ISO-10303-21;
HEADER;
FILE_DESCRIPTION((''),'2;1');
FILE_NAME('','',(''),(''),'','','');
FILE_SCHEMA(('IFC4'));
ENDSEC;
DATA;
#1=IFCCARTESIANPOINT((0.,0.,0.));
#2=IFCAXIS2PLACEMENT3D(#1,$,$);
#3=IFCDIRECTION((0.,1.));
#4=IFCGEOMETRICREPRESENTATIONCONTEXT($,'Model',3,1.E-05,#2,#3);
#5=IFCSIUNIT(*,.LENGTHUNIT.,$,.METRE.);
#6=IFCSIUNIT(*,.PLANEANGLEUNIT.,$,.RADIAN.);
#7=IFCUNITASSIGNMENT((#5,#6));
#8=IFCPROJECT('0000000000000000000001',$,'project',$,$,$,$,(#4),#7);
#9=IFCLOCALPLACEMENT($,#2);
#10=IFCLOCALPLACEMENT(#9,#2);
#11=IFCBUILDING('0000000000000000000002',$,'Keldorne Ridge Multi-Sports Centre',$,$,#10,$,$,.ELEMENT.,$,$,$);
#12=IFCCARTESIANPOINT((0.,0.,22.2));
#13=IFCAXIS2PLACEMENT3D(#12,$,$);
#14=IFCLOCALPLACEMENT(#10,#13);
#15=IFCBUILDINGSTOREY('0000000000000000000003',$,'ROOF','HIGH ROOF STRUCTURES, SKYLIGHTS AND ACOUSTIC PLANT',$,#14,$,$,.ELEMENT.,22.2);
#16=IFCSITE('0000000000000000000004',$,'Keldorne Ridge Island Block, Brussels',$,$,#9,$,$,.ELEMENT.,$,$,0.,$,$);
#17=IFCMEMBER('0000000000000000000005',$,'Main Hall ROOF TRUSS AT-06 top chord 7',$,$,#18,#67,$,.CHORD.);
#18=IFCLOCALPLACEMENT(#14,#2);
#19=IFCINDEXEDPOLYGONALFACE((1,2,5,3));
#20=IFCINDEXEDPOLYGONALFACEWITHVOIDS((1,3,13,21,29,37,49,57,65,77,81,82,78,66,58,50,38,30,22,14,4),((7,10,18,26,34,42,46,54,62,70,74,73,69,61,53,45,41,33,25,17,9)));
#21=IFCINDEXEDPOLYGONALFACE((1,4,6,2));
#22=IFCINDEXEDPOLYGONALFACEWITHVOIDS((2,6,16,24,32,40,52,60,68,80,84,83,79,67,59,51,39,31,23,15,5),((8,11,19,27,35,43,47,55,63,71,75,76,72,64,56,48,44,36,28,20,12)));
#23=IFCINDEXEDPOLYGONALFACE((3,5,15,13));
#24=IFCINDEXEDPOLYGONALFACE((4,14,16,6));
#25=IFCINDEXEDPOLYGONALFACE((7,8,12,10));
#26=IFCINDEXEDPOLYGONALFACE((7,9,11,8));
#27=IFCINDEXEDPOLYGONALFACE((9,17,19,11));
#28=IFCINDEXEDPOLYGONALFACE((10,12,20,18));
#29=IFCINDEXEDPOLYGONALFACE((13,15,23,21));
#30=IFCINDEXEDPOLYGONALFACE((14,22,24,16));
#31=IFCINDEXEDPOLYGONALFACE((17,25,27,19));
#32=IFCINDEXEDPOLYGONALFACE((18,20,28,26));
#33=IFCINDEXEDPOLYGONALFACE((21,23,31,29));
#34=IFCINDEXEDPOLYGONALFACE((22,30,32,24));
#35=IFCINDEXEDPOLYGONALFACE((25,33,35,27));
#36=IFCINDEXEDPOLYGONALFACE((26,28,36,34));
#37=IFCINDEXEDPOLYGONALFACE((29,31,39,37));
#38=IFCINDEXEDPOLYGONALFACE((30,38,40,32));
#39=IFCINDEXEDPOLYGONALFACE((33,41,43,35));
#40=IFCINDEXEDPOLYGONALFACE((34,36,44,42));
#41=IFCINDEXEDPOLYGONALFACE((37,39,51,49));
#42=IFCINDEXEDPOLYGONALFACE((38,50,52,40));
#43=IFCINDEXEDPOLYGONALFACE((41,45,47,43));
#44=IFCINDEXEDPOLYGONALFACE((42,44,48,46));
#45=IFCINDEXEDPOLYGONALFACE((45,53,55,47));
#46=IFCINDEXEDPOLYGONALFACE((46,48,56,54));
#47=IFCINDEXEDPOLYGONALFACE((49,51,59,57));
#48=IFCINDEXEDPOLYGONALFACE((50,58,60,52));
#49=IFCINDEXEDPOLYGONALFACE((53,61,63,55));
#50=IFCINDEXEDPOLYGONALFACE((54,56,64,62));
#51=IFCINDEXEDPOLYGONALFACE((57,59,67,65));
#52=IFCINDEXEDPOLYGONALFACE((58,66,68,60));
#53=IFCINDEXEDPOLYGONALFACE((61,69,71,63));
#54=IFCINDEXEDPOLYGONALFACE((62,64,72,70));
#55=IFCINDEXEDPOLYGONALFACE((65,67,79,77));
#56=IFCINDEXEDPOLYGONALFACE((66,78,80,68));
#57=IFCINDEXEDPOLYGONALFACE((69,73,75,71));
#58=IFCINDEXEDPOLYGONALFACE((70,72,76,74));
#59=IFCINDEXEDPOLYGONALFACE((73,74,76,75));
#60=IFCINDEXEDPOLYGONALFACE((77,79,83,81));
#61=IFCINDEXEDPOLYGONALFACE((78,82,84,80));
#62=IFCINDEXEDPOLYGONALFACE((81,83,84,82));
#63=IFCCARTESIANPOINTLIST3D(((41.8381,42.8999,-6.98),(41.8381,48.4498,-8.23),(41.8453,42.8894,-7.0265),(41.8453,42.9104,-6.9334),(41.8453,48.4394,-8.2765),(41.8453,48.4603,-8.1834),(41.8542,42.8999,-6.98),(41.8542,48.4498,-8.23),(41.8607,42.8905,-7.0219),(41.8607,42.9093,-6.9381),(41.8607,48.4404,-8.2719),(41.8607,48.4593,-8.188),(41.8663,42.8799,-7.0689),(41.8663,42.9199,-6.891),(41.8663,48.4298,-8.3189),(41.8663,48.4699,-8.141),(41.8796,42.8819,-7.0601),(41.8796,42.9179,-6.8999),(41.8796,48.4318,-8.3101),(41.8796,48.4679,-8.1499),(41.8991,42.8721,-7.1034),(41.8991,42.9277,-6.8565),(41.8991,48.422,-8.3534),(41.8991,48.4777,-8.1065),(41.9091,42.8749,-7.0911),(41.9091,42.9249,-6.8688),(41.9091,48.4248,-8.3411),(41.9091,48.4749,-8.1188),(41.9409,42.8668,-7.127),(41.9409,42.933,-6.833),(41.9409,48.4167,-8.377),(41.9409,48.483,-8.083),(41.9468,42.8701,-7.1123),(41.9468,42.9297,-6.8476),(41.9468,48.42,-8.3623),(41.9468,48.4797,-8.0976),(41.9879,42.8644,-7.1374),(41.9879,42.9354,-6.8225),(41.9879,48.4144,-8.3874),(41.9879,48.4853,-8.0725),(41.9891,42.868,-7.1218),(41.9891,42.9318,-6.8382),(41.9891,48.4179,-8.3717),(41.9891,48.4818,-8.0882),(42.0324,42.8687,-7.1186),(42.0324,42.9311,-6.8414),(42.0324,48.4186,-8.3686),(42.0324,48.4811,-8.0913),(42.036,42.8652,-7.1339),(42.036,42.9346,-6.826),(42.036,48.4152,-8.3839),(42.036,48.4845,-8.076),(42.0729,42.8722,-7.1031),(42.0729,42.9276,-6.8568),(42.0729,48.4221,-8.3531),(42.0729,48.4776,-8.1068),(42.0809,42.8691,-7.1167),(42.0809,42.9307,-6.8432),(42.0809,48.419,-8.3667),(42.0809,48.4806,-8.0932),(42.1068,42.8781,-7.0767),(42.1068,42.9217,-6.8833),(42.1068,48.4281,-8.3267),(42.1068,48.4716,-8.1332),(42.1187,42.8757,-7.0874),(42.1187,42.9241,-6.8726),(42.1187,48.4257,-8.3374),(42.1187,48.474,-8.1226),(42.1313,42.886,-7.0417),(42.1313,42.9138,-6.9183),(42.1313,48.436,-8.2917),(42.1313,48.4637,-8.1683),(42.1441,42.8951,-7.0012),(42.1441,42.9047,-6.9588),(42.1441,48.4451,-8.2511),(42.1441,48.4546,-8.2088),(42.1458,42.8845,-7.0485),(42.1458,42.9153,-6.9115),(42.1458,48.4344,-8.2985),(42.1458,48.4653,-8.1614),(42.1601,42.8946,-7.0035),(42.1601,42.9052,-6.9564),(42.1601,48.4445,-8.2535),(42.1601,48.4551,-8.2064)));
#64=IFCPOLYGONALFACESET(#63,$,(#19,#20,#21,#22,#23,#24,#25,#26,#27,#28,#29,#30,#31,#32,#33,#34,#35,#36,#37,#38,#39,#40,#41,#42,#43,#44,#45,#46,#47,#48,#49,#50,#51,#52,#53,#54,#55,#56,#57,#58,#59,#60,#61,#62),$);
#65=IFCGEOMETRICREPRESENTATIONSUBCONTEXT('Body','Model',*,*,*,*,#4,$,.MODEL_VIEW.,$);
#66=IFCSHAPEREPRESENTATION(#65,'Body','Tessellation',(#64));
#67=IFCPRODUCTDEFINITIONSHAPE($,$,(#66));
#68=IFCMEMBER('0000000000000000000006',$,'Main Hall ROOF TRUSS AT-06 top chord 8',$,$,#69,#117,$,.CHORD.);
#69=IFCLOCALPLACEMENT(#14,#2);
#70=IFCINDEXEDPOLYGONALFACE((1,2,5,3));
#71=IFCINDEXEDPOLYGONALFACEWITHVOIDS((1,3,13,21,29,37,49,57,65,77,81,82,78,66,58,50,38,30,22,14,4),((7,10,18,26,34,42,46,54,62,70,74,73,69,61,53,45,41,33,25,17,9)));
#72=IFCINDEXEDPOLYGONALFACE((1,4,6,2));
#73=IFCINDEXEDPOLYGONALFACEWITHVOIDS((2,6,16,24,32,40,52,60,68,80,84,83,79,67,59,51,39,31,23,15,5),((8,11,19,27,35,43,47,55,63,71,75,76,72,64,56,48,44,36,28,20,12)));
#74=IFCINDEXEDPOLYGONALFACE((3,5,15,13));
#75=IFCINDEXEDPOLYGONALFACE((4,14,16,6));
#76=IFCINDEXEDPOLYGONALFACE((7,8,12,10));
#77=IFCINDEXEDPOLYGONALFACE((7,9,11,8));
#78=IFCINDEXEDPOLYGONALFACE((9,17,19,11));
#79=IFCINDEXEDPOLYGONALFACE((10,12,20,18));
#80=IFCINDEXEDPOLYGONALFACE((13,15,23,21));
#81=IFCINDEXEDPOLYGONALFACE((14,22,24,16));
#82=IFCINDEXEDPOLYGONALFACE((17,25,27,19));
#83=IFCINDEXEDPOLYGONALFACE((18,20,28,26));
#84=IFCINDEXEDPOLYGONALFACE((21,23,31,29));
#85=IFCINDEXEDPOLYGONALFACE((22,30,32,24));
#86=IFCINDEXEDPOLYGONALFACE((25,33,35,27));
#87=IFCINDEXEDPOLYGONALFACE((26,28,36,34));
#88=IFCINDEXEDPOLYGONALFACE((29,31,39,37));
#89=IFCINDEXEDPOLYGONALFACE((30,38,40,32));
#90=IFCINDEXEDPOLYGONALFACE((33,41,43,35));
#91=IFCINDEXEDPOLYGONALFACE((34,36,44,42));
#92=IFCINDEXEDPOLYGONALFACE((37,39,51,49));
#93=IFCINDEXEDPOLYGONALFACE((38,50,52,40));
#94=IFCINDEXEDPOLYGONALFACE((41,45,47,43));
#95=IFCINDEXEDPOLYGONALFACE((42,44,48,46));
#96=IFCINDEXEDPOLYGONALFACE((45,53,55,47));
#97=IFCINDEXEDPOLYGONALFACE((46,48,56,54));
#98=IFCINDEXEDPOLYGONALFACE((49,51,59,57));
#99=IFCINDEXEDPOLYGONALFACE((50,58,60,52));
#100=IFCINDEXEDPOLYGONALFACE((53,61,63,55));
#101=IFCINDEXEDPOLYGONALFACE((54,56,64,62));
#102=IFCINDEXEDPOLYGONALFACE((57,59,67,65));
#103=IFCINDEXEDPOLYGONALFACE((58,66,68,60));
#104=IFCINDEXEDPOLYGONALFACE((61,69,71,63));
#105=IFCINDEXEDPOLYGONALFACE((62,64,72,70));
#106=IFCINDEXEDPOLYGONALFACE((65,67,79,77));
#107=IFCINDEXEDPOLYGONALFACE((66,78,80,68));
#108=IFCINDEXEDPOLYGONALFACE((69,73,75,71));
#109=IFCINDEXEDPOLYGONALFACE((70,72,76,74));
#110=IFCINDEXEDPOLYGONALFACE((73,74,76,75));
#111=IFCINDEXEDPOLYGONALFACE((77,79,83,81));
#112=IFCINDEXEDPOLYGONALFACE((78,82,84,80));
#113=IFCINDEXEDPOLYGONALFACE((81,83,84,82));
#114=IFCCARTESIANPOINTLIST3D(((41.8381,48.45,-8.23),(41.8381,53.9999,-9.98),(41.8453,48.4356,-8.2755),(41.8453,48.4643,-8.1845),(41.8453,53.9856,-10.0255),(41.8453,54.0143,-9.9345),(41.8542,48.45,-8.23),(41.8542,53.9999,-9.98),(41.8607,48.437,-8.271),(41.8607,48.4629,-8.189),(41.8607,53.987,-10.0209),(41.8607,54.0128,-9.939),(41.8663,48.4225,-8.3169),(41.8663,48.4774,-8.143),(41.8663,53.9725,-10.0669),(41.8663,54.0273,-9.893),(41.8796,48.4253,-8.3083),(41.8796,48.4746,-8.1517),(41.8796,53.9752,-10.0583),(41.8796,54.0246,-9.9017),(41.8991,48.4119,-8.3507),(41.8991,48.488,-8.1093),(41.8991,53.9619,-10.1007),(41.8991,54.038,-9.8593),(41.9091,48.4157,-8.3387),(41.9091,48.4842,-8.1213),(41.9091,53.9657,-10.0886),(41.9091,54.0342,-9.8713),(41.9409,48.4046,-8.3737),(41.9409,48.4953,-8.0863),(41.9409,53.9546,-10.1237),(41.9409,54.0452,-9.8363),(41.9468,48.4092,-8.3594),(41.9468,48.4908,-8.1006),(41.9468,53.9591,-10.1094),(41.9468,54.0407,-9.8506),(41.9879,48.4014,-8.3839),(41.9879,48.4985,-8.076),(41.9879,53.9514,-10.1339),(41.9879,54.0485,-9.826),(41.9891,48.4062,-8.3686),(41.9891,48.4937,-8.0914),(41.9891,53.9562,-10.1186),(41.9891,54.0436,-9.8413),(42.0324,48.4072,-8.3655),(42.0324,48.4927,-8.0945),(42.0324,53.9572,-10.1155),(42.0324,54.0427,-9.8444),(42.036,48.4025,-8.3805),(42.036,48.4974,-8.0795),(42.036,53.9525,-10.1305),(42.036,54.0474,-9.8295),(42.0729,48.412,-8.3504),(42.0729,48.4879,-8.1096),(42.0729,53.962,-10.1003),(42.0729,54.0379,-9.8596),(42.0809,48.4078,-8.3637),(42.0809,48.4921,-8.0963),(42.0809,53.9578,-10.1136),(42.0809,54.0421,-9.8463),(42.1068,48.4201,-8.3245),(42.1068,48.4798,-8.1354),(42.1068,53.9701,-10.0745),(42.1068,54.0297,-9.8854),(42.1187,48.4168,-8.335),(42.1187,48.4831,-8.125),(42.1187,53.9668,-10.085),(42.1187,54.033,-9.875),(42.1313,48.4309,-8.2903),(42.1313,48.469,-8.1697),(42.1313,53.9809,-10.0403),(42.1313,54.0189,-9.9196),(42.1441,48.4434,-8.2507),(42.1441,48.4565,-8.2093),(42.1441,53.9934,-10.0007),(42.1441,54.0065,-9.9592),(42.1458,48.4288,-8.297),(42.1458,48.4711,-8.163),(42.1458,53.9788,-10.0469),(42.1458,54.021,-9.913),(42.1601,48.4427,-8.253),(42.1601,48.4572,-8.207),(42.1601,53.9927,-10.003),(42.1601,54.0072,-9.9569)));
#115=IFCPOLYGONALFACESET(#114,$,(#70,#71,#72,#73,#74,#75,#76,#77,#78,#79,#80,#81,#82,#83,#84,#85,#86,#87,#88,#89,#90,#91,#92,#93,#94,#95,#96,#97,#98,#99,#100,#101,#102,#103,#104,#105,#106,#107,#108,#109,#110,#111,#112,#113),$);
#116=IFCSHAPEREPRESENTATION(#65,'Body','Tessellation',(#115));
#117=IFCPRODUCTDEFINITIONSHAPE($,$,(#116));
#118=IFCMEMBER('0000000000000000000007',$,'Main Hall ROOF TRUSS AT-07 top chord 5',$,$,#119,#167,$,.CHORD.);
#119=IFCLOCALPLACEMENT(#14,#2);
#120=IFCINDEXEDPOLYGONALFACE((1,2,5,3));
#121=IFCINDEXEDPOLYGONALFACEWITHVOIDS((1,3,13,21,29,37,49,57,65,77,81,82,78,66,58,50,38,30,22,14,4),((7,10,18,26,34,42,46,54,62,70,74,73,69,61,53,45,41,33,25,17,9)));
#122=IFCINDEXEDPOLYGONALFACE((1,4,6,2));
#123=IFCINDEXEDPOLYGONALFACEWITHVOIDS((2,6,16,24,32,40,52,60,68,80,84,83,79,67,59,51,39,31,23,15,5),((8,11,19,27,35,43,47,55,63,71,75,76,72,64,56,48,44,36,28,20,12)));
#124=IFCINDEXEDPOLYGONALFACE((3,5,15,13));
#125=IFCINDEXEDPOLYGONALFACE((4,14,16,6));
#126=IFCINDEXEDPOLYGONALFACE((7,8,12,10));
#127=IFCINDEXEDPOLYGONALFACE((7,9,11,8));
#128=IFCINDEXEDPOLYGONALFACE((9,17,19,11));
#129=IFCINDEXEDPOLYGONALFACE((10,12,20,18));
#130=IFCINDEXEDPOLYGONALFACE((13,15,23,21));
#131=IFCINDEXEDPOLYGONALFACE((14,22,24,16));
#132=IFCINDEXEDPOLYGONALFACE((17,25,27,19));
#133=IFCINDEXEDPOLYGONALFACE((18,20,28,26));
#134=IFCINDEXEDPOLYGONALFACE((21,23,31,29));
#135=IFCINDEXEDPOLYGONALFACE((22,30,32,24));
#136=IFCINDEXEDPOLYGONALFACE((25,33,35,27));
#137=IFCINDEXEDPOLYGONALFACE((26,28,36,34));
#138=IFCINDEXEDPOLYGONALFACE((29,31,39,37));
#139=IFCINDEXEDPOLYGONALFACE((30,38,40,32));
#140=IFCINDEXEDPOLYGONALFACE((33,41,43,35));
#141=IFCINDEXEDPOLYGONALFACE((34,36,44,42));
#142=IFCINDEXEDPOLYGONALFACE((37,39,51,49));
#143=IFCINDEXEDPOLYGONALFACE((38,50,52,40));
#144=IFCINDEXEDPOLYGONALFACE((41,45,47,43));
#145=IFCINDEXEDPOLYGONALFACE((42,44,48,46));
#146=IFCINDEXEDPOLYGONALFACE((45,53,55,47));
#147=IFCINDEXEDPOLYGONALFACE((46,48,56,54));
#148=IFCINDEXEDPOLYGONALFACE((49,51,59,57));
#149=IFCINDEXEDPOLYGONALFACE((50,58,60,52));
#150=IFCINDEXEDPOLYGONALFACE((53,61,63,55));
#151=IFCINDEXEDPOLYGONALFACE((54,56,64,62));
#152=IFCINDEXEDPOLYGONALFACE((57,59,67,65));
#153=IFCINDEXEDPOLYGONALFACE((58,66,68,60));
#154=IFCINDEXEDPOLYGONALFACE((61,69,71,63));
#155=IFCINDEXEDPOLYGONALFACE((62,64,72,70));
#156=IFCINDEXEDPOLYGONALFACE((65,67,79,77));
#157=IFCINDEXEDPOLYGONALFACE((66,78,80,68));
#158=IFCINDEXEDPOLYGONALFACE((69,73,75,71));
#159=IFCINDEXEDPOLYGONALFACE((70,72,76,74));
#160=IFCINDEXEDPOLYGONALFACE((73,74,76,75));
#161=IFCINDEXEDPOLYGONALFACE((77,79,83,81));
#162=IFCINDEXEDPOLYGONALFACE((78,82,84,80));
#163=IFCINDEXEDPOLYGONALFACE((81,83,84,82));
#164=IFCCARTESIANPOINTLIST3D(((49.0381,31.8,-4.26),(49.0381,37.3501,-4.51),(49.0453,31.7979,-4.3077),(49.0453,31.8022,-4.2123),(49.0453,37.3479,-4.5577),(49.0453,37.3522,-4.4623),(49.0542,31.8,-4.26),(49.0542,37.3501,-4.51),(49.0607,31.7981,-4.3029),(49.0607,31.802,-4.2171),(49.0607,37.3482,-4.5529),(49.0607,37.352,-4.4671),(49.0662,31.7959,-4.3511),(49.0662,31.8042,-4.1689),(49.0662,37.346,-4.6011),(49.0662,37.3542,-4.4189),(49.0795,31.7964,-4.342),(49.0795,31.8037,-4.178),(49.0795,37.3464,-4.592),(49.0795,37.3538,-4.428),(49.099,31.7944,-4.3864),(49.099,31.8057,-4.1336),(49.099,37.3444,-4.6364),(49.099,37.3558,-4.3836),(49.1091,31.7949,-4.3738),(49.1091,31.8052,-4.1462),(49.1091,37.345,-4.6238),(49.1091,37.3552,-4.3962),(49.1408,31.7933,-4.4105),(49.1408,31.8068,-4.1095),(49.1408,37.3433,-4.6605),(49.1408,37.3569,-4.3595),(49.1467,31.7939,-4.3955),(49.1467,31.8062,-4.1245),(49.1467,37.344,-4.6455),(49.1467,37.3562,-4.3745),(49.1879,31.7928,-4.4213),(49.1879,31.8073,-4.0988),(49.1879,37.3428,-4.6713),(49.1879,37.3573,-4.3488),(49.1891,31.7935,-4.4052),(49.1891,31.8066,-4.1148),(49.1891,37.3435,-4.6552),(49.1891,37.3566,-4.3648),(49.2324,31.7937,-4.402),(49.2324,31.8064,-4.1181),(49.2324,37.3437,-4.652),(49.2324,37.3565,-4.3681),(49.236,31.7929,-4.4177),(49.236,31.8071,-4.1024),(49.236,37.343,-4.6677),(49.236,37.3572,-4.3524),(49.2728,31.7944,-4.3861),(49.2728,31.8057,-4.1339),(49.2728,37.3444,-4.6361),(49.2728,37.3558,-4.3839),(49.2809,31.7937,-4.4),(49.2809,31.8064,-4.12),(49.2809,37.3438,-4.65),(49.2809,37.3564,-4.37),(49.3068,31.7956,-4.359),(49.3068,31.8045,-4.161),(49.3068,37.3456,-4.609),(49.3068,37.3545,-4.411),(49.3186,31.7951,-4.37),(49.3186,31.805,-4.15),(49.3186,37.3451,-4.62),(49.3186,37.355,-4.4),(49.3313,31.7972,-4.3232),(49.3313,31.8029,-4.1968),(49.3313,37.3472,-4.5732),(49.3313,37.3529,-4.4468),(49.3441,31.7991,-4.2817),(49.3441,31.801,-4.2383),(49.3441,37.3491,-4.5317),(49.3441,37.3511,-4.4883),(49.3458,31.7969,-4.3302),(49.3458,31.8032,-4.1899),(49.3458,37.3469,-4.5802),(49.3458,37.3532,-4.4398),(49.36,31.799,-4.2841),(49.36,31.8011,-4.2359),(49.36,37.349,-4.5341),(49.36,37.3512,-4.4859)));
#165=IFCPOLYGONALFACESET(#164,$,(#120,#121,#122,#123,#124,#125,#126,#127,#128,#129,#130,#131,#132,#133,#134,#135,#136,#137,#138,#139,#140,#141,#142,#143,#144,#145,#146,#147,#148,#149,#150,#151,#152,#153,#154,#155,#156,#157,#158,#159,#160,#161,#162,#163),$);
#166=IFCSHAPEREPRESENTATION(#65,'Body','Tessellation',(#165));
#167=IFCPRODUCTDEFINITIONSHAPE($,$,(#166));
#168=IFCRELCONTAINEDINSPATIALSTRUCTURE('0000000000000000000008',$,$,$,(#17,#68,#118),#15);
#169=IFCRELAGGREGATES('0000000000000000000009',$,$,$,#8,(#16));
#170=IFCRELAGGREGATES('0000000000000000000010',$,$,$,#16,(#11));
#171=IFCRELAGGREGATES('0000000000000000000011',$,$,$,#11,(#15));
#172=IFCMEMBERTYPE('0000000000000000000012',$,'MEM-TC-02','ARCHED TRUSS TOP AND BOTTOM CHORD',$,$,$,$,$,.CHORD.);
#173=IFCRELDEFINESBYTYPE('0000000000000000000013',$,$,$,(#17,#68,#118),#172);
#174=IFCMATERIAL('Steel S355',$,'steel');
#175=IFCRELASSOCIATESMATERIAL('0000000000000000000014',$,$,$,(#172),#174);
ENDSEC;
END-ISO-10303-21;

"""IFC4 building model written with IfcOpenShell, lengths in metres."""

from ifc_helpers import new_model, si_unit, direction, frame, origin, origin_2d, place, context, subcontext, project, spatial, hollow_circle, extrude, material, material_profile, profile_set, type_object, element, save


model = new_model("IFC4")

# Units and contexts
model_context = context("Model", 3, precision=1e-05, world=origin(), true_north=direction((0.0, 1.0)))
body_context = subcontext(model_context, "Body", "Model", "MODEL_VIEW")
ifc_project = project(units=[si_unit("LENGTHUNIT", "METRE"), si_unit("PLANEANGLEUNIT", "RADIAN")], contexts=[model_context])

# Site, building, storey
site_placement = place(None, origin())
site = spatial("IfcSite", under=ifc_project, at=site_placement, Name="Keldorne Ridge Island Block, Brussels", CompositionType="ELEMENT", RefElevation=0.0)
building_placement = place(site_placement, origin())
building = spatial("IfcBuilding", under=site, at=building_placement, Name="Keldorne Ridge Multi-Sports Centre", CompositionType="ELEMENT")
storey_placement = place(building_placement, frame((0.0, 0.0, 22.2)))
storey = spatial("IfcBuildingStorey", under=building, at=storey_placement, Name="ROOF", Description="HIGH ROOF STRUCTURES, SKYLIGHTS AND ACOUSTIC PLANT", CompositionType="ELEMENT", Elevation=22.2)

# Members
ifc_material = material(Name="Steel S355", Category="steel")
ifc_material_profile_1 = material_profile(ifc_material, hollow_circle(Radius=0.1619, WallThickness=0.0161, at=origin_2d()), Name="CHS 323.9x16")
ifc_profile_set_1 = profile_set([ifc_material_profile_1], Name="Steel S355")
member_type_1 = type_object("IfcMemberType", Name="MEM-TC-02", Description="ARCHED TRUSS TOP AND BOTTOM CHORD", PredefinedType="CHORD", material=ifc_profile_set_1)
member_1_placement = place(storey_placement, frame((42.0, 42.8999, -6.98), z_axis=(0.0, 0.975563, -0.219719), x_axis=(-1.0, 0.0, 0.0)))
element("IfcMember", 1, at=member_1_placement, inside=storey, type_object=member_type_1, Name="Main Hall ROOF TRUSS AT-06 top chord 7", PredefinedType="CHORD", context=body_context, shape_type="SweptSolid", body=[
    extrude(hollow_circle(Radius=0.1619, WallThickness=0.0161, at=origin_2d()), origin(), (0.0, 0.0, 1.0), 5.689),
])
member_2_placement = place(storey_placement, frame((42.0, 48.45, -8.23), z_axis=(0.0, 0.953713, -0.300718), x_axis=(-1.0, 0.0, 0.0)))
element("IfcMember", 2, at=member_2_placement, inside=storey, type_object=member_type_1, Name="Main Hall ROOF TRUSS AT-06 top chord 8", PredefinedType="CHORD", context=body_context, shape_type="SweptSolid", body=[
    extrude(hollow_circle(Radius=0.1619, WallThickness=0.0161, at=origin_2d()), origin(), (0.0, 0.0, 1.0), 5.8193),
])
member_3_placement = place(storey_placement, frame((49.2, 31.8, -4.26), z_axis=(0.0, 0.998987, -0.044999), x_axis=(-1.0, 0.0, 0.0)))
element("IfcMember", 3, at=member_3_placement, inside=storey, type_object=member_type_1, Name="Main Hall ROOF TRUSS AT-07 top chord 5", PredefinedType="CHORD", context=body_context, shape_type="SweptSolid", body=[
    extrude(hollow_circle(Radius=0.1619, WallThickness=0.0161, at=origin_2d()), origin(), (0.0, 0.0, 1.0), 5.5557),
])

save(model, "model.ifc")
